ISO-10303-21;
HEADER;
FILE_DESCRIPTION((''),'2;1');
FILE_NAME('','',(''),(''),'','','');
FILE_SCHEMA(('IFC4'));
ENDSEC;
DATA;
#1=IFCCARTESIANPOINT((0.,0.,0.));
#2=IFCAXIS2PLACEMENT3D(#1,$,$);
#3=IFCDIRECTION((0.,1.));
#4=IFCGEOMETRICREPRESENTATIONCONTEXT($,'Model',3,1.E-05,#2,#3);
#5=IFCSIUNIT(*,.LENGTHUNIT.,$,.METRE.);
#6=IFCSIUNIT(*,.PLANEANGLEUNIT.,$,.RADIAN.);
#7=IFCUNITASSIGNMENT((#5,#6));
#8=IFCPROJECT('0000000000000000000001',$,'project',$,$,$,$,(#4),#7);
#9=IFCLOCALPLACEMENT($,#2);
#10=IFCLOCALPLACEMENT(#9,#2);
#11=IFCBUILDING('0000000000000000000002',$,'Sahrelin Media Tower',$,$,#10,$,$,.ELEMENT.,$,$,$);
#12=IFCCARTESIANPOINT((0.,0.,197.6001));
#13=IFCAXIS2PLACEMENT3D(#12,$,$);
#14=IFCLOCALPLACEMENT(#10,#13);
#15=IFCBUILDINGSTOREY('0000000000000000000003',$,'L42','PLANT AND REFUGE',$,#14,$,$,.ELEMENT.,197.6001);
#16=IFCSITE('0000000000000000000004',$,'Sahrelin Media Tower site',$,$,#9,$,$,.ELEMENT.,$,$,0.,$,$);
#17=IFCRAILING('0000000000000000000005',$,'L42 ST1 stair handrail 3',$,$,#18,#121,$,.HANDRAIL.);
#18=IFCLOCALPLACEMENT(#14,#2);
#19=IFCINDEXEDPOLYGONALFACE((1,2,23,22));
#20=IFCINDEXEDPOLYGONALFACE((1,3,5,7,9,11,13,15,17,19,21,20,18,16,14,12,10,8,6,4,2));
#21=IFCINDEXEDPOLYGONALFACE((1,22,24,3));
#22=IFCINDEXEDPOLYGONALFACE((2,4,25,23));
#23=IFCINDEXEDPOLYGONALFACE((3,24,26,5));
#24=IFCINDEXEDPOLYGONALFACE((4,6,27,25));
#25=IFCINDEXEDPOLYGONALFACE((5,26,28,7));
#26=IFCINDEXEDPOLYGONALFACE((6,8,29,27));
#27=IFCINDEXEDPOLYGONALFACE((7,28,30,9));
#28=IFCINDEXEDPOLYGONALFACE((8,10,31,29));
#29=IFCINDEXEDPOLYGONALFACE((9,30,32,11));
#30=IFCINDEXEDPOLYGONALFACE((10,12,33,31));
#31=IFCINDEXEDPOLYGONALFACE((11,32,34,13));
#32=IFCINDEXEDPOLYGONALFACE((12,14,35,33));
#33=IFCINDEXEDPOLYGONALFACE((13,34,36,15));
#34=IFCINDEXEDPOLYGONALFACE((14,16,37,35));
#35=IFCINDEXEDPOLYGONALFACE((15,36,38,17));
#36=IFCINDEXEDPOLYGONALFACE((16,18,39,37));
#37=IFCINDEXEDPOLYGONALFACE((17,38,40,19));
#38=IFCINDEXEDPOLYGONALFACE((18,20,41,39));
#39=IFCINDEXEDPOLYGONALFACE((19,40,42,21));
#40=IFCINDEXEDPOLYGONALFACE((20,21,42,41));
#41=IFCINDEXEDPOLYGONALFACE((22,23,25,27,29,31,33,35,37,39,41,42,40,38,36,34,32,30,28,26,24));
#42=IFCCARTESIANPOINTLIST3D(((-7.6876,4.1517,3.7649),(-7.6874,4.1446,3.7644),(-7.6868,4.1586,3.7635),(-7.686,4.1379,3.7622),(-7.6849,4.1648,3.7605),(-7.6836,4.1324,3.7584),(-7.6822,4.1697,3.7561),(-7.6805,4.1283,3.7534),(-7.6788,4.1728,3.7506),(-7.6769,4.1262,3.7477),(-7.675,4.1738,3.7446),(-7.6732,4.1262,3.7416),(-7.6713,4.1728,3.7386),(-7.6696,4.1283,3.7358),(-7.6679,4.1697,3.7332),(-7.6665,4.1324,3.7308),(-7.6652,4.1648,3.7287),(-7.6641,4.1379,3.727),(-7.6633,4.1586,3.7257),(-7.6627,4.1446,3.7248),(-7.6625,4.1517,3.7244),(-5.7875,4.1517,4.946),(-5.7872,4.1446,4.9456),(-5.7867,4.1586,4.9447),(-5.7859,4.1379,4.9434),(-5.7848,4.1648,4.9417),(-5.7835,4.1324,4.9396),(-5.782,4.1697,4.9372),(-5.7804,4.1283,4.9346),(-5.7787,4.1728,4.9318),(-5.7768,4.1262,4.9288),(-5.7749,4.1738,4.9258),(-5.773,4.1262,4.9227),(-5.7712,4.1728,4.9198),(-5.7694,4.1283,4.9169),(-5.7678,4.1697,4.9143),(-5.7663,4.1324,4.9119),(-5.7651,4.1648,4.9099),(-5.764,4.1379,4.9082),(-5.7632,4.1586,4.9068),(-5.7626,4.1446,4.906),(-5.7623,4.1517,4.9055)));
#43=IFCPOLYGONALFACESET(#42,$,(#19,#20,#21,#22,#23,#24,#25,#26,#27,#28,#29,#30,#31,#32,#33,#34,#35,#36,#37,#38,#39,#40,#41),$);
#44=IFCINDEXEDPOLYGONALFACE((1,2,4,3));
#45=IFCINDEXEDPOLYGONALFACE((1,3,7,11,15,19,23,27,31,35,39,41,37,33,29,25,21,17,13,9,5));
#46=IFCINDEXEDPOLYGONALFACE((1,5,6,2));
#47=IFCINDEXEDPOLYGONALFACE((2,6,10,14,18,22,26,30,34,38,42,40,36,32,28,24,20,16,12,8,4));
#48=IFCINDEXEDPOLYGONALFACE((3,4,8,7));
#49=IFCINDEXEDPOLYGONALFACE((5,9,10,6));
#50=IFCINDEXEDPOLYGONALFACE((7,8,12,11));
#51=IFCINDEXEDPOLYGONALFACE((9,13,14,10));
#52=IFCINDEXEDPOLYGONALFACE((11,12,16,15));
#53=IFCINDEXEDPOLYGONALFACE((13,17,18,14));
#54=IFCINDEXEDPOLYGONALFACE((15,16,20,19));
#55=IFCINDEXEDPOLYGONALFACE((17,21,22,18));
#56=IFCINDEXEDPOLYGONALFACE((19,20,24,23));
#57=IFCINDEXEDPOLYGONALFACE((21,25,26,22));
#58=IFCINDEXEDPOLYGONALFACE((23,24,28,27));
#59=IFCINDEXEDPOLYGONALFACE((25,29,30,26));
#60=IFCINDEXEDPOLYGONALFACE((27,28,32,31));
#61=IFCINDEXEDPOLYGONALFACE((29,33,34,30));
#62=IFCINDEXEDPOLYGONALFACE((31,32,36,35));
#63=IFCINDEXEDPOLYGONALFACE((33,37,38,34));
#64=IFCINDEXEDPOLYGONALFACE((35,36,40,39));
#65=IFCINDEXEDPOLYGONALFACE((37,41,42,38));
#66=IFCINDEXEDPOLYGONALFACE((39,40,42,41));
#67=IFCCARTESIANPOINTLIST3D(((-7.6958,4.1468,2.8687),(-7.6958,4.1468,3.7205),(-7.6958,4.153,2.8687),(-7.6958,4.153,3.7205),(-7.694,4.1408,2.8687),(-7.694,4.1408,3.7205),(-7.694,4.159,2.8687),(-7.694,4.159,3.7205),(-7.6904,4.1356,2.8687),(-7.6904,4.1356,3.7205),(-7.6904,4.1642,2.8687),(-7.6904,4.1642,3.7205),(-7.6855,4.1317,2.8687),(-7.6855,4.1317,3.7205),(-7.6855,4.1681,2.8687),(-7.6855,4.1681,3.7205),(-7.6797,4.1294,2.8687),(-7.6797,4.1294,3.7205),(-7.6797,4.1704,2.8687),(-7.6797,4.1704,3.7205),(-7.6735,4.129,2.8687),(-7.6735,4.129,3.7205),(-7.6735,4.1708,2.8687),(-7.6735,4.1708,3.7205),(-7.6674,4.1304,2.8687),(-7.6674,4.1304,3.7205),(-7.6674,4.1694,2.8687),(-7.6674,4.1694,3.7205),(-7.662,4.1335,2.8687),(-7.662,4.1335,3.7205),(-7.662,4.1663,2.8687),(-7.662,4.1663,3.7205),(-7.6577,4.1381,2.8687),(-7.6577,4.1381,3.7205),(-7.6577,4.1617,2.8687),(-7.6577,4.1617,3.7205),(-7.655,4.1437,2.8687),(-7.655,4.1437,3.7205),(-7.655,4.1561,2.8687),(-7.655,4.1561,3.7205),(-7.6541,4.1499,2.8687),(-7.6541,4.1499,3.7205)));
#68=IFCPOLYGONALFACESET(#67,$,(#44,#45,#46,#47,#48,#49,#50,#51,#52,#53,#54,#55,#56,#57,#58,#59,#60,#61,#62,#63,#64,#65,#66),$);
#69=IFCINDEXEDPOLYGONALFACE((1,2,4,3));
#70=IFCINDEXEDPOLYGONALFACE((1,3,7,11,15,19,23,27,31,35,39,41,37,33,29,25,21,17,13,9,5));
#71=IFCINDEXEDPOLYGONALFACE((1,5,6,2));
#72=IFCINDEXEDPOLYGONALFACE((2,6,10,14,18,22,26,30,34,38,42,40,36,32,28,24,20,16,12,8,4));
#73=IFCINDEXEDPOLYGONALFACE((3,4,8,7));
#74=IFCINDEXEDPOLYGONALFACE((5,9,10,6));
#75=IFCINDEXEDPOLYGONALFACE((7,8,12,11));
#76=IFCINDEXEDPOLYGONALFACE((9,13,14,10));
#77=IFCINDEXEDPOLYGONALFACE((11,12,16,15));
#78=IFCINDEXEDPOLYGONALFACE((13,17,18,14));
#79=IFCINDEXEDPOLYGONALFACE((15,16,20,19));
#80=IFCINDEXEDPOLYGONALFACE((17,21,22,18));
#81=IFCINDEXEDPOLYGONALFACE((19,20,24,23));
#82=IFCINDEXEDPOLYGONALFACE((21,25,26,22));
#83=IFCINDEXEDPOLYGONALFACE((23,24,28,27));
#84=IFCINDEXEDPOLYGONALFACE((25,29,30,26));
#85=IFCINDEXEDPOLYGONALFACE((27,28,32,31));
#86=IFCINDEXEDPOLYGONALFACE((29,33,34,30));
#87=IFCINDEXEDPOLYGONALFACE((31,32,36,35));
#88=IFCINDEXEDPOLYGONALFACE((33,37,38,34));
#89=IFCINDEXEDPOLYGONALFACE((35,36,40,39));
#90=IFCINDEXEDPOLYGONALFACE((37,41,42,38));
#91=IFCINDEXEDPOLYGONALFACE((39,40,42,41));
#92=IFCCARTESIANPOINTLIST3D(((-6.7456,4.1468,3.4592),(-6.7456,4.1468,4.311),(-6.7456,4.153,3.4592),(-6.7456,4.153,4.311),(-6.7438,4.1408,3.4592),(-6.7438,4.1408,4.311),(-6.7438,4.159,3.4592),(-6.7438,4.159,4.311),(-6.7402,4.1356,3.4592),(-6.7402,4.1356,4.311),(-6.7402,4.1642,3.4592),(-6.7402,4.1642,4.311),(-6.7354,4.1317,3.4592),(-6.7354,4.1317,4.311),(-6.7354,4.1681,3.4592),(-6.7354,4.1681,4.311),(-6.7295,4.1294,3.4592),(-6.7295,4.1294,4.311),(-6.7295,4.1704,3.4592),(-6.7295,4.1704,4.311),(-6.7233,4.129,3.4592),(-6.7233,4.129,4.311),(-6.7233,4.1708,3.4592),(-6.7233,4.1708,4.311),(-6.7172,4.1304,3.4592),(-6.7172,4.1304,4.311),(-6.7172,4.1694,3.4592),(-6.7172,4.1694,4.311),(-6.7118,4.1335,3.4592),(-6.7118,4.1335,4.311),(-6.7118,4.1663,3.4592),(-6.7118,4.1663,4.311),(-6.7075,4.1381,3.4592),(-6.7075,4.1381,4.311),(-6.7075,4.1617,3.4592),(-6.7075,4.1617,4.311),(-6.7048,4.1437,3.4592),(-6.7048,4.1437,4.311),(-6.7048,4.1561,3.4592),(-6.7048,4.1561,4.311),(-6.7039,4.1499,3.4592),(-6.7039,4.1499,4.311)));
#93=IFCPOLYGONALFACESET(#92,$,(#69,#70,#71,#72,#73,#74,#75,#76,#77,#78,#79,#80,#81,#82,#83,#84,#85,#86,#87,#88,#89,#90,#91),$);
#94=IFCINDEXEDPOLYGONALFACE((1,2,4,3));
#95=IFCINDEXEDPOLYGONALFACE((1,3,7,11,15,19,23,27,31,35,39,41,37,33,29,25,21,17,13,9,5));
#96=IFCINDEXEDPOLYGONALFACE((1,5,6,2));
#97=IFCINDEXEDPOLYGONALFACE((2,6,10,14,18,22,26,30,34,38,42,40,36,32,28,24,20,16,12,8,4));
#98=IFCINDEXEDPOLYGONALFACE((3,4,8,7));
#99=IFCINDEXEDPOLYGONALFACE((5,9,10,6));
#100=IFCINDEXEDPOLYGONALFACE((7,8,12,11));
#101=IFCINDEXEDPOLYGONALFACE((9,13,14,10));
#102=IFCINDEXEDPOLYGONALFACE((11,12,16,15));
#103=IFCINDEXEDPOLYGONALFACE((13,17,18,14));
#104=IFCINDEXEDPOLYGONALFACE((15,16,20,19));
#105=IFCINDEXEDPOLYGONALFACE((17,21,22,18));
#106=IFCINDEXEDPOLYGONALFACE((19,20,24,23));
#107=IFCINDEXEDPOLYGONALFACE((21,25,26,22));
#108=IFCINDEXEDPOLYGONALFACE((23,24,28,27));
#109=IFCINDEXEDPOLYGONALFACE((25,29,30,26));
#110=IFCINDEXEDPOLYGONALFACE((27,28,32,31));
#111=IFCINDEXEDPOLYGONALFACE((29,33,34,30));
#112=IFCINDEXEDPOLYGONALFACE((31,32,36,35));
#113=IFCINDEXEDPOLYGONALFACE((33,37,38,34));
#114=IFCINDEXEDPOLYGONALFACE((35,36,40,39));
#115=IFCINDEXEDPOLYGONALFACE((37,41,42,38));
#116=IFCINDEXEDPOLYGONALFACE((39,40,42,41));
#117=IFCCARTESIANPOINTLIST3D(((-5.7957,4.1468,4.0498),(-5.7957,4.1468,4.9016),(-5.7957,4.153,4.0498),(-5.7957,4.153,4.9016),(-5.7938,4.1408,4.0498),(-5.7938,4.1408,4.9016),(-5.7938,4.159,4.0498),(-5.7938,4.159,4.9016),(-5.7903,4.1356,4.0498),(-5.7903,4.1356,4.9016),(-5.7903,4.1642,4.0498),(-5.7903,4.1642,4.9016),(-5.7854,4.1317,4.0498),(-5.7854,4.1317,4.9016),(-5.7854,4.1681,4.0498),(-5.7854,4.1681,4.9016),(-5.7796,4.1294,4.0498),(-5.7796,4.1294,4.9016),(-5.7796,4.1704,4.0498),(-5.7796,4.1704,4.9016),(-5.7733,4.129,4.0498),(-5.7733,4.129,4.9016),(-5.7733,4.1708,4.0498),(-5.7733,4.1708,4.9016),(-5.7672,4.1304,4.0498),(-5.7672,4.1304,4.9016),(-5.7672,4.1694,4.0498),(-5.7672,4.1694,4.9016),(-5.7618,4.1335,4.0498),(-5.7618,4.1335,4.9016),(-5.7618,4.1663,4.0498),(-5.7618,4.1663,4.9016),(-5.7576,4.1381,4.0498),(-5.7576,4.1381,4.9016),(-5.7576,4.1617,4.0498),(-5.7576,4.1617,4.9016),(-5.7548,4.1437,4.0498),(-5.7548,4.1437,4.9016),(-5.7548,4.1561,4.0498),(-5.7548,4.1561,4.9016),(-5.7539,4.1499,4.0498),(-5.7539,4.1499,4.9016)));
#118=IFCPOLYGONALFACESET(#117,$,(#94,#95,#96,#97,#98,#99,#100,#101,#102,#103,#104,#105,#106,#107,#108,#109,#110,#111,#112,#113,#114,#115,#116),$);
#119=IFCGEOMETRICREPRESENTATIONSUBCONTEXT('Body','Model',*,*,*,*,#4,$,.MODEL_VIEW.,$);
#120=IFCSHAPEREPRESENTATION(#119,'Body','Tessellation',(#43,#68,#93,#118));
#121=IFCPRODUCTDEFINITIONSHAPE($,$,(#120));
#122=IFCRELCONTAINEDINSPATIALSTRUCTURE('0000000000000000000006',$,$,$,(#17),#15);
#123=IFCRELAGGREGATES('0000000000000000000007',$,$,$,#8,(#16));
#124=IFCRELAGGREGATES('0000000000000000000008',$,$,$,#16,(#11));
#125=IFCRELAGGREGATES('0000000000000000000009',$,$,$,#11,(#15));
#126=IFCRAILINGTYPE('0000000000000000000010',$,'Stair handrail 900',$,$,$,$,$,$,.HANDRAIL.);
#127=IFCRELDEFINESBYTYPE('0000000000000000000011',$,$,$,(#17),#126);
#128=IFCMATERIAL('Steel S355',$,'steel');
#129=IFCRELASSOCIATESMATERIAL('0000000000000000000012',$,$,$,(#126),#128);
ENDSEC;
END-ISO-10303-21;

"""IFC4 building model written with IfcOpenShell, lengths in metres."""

from ifc_helpers import new_model, si_unit, direction, frame, origin, origin_2d, place, context, subcontext, project, spatial, circle, extrude, material, type_object, element, save


model = new_model("IFC4")

# Units and contexts
model_context = context("Model", 3, precision=1e-05, world=origin(), true_north=direction((0.0, 1.0)))
body_context = subcontext(model_context, "Body", "Model", "MODEL_VIEW")
ifc_project = project(units=[si_unit("LENGTHUNIT", "METRE"), si_unit("PLANEANGLEUNIT", "RADIAN")], contexts=[model_context])

# Site, building, storey
site_placement = place(None, origin())
site = spatial("IfcSite", under=ifc_project, at=site_placement, Name="Sahrelin Media Tower site", CompositionType="ELEMENT", RefElevation=0.0)
building_placement = place(site_placement, origin())
building = spatial("IfcBuilding", under=site, at=building_placement, Name="Sahrelin Media Tower", CompositionType="ELEMENT")
storey_placement = place(building_placement, frame((0.0, 0.0, 197.6001)))
storey = spatial("IfcBuildingStorey", under=building, at=storey_placement, Name="L42", Description="PLANT AND REFUGE", CompositionType="ELEMENT", Elevation=197.6001)

# Shared definitions
ifc_material_1 = material(Name="Steel S355", Category="steel")

# Railing
railing_type_1 = type_object("IfcRailingType", Name="Stair handrail 900", PredefinedType="HANDRAIL", material=ifc_material_1)
railing_1_placement = place(storey_placement, frame((-7.675, 4.1499, 2.8687)))
element("IfcRailing", 1, at=railing_1_placement, inside=storey, type_object=railing_type_1, Name="L42 ST1 stair handrail 3", PredefinedType="HANDRAIL", context=body_context, shape_type="SweptSolid", body=[
    extrude(circle(Radius=0.0239, at=origin_2d()), frame((0.0, 0.0, 0.876), z_axis=(0.849289, 0.0, 0.527928), x_axis=(0.0, 1.0, 0.0)), (0.0, 0.0, 1.0), 2.2373),
    extrude(circle(Radius=0.021, at=origin_2d()), origin(), (0.0, 0.0, 1.0), 0.8518),
    extrude(circle(Radius=0.021, at=origin_2d()), frame((0.9502, 0.0, 0.5906)), (0.0, 0.0, 1.0), 0.8518),
    extrude(circle(Radius=0.021, at=origin_2d()), frame((1.9001, 0.0, 1.1812)), (0.0, 0.0, 1.0), 0.8518),
])

save(model, "model.ifc")
